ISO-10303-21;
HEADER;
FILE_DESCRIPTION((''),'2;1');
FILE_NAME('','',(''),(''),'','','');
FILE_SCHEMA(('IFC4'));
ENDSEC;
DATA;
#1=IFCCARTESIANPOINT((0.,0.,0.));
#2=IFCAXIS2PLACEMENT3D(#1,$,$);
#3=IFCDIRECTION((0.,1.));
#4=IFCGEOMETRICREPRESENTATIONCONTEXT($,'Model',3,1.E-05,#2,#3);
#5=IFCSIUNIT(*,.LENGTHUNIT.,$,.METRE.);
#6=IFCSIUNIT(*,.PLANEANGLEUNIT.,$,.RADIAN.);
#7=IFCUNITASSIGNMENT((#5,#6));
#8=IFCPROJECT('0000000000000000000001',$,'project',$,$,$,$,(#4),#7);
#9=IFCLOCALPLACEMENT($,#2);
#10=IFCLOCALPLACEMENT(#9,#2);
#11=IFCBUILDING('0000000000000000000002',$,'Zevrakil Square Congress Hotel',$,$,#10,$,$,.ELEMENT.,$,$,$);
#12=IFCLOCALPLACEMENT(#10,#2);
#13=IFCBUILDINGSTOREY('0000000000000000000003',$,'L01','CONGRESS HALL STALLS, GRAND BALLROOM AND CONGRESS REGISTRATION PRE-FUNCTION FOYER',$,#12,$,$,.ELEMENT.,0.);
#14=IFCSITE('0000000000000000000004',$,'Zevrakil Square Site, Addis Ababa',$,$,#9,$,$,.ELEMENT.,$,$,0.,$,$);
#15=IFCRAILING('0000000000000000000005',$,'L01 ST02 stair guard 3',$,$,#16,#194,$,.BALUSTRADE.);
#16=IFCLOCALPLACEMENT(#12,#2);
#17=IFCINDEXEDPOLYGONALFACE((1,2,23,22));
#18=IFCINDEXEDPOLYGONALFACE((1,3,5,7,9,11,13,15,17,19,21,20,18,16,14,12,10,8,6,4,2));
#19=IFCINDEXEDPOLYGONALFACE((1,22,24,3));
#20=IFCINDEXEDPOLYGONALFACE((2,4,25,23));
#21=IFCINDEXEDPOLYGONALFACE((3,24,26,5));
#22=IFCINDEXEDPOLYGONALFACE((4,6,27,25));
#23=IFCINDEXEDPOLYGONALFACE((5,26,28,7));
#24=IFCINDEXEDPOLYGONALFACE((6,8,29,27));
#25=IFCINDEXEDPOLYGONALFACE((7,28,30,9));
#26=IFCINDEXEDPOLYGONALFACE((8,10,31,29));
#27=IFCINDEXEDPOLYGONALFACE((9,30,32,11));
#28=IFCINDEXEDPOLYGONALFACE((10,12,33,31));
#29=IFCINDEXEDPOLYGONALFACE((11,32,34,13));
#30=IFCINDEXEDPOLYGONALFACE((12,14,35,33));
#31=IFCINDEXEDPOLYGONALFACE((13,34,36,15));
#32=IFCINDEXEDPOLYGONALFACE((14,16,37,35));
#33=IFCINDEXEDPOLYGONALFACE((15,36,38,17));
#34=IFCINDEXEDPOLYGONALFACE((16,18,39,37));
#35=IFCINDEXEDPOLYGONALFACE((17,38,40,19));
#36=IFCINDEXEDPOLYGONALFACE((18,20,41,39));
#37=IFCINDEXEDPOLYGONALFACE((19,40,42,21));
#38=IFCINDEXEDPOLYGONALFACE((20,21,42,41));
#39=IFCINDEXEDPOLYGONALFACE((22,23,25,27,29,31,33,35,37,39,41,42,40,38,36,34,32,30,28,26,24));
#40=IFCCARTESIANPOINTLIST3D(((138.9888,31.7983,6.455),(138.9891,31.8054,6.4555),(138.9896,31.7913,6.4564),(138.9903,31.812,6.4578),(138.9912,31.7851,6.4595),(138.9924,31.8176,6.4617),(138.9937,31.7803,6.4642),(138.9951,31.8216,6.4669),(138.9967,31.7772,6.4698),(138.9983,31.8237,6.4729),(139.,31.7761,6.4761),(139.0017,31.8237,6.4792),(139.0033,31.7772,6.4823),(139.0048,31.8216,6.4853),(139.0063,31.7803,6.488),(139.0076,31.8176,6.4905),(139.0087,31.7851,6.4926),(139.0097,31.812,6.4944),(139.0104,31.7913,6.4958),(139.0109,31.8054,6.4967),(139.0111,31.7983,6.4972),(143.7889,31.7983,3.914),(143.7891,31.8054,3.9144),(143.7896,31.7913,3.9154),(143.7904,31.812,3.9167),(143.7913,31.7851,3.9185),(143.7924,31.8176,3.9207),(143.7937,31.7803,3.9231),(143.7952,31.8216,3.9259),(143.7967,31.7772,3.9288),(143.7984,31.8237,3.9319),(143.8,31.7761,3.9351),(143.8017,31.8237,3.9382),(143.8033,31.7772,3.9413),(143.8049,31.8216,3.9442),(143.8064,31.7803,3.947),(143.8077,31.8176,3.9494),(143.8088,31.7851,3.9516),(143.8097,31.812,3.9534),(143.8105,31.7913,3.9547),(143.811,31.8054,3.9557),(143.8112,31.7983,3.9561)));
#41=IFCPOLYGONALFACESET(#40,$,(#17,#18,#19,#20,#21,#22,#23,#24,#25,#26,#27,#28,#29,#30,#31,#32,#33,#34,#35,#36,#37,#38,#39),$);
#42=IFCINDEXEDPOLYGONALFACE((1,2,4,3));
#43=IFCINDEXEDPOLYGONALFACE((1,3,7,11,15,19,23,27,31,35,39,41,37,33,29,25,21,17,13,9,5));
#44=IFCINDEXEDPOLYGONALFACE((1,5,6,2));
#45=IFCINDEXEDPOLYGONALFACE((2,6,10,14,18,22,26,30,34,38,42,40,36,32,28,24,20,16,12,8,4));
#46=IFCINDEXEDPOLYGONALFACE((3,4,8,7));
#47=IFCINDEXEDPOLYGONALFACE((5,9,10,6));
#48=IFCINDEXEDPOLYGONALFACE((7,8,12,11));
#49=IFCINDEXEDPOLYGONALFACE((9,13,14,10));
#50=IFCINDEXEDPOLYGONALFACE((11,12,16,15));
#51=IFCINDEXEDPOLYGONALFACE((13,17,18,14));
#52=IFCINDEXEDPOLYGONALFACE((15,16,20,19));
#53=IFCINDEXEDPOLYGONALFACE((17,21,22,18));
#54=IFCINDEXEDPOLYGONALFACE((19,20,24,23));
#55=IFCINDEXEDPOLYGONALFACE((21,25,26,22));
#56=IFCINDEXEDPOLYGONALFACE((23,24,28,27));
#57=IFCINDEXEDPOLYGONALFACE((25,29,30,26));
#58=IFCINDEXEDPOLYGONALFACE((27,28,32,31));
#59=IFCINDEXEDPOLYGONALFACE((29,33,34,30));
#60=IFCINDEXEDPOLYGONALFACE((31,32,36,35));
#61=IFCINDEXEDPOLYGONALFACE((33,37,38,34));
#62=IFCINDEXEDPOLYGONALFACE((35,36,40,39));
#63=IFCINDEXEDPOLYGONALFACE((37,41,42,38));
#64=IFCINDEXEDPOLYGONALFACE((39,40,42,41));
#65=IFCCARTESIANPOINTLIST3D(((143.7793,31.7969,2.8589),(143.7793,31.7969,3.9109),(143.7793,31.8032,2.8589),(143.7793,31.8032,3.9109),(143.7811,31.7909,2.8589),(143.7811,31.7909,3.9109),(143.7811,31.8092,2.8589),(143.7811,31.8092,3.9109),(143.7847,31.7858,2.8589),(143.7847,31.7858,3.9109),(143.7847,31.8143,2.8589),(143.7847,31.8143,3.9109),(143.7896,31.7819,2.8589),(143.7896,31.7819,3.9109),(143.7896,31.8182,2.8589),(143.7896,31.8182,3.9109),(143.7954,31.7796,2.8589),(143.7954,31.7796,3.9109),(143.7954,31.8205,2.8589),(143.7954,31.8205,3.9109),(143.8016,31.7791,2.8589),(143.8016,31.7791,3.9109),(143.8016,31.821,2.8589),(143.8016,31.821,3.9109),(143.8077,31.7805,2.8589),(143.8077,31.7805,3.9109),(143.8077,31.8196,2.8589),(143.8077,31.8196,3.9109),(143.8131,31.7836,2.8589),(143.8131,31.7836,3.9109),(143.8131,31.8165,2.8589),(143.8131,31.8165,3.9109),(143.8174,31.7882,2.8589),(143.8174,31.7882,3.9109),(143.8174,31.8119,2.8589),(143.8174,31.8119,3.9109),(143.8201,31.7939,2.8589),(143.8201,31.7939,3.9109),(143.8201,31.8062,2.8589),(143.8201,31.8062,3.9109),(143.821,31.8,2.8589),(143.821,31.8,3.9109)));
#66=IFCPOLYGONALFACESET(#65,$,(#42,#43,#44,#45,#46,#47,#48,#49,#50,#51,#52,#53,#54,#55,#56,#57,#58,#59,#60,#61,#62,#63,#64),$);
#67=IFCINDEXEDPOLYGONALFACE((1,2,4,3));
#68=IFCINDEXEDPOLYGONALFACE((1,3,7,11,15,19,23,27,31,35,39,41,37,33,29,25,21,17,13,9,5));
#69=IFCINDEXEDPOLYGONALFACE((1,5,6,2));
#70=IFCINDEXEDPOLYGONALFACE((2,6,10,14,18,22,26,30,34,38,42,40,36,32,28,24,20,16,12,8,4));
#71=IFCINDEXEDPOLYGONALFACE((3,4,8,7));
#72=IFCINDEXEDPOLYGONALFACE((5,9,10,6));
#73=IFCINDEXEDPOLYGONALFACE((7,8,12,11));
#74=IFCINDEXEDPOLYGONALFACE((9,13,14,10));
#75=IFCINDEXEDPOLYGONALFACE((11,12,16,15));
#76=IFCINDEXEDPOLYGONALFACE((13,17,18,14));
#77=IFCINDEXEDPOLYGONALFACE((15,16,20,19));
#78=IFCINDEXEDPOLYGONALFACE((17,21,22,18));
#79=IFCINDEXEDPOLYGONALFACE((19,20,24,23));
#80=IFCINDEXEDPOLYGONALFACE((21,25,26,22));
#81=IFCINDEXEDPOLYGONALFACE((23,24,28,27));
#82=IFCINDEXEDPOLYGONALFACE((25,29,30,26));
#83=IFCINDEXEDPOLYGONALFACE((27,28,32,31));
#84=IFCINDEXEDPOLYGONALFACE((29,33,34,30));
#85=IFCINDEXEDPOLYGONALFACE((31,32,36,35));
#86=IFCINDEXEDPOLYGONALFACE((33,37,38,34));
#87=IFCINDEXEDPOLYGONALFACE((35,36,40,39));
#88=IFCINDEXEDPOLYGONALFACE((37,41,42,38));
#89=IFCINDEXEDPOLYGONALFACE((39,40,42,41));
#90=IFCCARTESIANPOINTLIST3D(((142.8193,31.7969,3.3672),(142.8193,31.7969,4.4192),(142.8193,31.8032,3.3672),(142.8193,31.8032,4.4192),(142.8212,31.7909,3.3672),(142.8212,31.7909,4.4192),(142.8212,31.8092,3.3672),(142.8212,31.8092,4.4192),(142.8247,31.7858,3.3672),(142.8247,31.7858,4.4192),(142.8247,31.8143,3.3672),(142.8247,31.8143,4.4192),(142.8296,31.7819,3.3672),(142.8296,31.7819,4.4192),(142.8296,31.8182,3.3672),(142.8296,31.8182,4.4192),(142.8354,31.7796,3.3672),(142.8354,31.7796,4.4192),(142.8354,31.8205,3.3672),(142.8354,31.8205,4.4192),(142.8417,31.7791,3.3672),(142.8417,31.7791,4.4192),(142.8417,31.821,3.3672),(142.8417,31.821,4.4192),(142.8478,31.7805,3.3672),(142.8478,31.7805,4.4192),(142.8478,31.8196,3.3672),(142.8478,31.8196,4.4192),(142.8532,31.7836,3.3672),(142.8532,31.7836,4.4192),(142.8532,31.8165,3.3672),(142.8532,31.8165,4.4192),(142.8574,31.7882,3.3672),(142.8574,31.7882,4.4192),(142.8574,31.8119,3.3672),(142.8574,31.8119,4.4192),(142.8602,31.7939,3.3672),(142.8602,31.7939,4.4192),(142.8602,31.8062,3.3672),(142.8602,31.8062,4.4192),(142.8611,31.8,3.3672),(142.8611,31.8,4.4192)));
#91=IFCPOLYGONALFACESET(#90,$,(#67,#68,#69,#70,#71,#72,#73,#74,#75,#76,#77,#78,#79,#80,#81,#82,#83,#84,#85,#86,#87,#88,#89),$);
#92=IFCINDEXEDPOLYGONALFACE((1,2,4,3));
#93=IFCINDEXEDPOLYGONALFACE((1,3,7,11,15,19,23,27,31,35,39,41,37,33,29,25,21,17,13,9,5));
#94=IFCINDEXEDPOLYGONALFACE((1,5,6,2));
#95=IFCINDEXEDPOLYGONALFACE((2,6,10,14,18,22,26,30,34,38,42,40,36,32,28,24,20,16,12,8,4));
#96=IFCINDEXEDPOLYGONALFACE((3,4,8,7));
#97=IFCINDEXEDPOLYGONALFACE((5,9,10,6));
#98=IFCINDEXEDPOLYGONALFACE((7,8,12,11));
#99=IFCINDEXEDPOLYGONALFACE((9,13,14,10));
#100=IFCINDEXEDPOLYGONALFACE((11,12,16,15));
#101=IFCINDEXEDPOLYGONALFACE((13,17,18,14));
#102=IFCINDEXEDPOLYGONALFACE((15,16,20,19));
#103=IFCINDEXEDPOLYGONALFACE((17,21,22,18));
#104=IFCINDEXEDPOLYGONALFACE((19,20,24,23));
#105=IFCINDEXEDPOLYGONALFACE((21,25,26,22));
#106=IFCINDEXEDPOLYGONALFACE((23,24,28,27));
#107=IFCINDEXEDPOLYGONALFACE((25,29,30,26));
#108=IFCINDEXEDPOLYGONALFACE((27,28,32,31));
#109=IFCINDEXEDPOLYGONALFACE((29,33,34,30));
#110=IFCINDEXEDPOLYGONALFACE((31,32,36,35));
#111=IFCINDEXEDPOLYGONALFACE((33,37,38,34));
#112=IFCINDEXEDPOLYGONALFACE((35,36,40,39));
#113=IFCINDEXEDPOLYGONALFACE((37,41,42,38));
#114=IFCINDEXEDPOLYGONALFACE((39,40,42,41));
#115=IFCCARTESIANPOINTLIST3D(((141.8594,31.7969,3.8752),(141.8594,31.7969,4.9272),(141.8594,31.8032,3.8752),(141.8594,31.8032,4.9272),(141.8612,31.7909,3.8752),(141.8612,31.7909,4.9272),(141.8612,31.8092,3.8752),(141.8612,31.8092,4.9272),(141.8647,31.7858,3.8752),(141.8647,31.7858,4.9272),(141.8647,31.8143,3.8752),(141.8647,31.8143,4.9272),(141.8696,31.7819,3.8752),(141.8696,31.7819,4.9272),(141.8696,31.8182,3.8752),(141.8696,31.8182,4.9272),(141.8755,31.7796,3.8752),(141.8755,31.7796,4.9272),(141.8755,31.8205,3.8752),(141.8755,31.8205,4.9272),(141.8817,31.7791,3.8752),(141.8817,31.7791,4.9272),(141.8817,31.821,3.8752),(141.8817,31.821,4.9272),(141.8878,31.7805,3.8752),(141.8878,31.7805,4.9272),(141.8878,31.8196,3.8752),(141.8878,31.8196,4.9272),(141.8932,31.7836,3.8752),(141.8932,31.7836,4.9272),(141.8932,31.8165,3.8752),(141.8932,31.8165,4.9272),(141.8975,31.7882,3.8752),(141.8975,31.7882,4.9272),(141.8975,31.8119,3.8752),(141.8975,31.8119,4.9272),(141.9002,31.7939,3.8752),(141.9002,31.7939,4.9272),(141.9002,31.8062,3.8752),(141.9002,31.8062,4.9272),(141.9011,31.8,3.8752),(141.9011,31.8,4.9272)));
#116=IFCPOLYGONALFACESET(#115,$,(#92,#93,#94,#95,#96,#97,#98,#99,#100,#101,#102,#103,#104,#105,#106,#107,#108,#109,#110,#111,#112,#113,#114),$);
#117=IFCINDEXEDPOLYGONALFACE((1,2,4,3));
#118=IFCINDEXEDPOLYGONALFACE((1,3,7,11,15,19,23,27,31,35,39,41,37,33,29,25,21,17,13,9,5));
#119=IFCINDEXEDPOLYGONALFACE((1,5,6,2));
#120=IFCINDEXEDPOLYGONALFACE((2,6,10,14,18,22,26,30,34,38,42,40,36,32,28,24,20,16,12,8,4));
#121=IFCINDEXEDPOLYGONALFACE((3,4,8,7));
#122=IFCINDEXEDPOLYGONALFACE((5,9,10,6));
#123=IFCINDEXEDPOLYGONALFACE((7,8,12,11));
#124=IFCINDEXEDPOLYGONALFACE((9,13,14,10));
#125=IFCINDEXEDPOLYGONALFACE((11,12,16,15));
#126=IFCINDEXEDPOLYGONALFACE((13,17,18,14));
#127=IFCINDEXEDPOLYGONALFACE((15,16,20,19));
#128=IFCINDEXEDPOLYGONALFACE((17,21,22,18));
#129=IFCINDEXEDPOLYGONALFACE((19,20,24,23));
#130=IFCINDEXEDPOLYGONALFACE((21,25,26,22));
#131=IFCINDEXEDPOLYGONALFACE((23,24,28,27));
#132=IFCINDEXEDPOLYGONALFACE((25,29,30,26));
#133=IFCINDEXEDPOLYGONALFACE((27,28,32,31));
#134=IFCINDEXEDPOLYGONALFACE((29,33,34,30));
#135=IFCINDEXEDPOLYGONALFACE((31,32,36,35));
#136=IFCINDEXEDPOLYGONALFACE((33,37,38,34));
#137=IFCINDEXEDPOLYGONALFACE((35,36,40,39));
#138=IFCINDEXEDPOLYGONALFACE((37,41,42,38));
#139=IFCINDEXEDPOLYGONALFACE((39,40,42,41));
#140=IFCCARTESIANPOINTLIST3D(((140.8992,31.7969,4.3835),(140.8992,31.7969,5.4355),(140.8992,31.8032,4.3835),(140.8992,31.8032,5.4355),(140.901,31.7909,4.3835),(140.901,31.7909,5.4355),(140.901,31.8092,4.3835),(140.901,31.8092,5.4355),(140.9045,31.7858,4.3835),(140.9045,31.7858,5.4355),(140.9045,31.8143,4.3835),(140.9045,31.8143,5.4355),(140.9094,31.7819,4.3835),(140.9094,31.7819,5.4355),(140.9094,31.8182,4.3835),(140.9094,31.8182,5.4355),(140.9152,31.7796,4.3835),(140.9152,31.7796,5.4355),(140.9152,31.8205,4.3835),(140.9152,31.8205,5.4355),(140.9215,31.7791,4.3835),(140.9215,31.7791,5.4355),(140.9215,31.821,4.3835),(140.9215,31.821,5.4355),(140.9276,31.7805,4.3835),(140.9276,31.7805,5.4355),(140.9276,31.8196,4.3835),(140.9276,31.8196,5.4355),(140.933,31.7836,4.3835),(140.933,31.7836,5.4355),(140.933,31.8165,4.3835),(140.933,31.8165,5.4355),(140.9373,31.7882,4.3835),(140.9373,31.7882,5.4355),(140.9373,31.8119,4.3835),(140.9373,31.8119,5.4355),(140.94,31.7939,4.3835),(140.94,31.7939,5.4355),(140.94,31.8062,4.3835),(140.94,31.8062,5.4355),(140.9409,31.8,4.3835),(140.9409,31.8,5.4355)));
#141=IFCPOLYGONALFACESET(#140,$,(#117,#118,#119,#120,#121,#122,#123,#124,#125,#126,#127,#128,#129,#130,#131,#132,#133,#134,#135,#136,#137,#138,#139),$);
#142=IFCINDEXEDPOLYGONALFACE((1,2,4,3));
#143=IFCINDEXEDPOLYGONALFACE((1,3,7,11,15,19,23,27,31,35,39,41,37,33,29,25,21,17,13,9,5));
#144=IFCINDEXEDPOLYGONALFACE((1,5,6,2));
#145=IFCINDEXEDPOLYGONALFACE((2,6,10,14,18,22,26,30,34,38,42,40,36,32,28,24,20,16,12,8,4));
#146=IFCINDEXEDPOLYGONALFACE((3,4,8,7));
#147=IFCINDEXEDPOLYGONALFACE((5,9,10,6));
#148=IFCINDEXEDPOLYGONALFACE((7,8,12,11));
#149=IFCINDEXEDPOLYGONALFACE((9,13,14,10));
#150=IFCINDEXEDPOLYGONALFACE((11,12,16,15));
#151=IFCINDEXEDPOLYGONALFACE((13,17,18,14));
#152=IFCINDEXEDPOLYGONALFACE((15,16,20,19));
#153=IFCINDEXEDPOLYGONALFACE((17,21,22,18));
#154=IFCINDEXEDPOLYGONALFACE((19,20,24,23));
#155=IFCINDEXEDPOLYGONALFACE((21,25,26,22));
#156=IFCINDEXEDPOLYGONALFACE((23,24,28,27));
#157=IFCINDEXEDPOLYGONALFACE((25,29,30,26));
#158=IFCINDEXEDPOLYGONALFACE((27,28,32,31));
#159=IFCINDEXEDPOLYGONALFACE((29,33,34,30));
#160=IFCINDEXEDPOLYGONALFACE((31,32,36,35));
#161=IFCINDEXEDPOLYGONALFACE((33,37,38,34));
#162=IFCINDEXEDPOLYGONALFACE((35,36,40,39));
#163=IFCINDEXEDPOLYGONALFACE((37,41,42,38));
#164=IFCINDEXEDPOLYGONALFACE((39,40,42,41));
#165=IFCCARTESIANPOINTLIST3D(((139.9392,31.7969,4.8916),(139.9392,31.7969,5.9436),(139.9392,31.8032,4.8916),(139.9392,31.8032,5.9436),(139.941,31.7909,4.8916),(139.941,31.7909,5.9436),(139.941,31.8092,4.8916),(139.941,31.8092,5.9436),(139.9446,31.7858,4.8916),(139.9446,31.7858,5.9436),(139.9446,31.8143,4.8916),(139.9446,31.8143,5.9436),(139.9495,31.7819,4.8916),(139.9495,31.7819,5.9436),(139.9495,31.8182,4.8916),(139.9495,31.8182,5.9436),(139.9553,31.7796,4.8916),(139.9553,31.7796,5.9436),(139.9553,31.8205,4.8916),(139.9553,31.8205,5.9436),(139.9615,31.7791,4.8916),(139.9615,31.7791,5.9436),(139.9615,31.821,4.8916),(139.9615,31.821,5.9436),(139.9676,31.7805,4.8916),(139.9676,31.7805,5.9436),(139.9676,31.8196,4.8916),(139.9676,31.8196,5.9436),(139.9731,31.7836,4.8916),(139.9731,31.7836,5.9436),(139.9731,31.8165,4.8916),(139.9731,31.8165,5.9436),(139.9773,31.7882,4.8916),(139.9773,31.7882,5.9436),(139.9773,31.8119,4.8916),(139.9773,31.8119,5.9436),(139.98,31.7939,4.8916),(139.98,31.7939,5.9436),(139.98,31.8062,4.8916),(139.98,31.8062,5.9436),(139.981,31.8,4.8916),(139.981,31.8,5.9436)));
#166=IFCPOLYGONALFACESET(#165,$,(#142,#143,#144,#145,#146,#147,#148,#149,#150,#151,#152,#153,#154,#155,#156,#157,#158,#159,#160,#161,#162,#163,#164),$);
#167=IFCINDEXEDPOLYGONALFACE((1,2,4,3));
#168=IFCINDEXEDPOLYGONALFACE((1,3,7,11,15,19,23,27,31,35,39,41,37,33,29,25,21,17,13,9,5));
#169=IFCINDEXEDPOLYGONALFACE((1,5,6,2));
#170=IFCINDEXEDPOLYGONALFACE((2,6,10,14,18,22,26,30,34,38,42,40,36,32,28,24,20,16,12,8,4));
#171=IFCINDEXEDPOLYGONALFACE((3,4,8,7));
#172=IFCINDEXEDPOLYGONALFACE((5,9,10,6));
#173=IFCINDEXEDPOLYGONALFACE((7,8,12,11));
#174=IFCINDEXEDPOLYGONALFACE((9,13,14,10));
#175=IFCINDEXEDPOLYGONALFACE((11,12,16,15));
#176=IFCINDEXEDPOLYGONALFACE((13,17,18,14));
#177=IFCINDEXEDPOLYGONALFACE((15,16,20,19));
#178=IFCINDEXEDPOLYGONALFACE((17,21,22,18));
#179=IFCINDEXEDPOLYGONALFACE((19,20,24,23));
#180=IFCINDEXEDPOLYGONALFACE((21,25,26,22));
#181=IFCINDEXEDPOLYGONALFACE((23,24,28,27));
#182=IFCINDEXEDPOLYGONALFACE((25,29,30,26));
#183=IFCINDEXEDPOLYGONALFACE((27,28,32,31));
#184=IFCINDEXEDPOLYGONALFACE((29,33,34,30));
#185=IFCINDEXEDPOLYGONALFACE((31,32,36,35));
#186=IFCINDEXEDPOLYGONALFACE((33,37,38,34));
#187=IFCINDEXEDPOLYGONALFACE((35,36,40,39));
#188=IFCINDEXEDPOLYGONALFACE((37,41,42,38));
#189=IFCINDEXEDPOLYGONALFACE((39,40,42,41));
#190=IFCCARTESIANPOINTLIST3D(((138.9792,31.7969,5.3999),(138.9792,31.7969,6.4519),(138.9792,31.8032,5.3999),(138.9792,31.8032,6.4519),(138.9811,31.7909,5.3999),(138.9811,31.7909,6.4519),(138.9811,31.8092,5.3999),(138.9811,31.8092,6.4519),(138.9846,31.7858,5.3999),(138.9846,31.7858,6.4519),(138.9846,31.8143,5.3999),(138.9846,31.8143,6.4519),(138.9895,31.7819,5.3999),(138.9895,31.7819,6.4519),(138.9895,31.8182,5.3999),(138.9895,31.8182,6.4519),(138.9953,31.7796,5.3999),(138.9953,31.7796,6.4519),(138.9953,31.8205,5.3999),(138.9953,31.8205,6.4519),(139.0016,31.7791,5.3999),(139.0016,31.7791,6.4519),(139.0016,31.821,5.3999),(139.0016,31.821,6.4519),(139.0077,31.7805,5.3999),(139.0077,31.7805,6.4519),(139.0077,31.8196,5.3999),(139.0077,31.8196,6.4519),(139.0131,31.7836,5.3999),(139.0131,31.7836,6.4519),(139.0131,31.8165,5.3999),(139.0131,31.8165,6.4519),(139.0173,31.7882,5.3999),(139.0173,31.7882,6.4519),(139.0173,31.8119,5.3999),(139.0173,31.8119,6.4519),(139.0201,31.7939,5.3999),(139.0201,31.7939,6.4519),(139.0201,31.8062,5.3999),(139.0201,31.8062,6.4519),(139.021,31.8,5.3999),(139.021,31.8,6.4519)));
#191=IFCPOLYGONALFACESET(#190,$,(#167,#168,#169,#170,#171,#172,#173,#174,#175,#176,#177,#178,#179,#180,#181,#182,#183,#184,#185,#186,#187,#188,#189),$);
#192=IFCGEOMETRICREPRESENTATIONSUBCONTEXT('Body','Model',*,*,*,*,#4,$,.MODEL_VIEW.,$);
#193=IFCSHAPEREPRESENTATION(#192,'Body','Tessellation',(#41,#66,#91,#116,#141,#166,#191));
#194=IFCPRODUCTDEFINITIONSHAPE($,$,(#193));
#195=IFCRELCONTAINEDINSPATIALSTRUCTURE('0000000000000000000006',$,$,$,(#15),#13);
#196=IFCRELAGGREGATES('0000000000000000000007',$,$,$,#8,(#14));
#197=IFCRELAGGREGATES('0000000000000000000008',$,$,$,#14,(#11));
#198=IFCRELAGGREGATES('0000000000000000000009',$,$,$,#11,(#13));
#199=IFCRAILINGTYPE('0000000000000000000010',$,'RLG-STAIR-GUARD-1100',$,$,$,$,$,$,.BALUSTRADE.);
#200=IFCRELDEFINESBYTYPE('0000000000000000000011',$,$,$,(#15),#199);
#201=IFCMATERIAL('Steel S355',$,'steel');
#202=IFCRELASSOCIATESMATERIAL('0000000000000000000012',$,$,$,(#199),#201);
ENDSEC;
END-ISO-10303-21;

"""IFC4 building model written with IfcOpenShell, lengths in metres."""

from ifc_helpers import new_model, si_unit, direction, frame, origin, origin_2d, place, context, subcontext, project, spatial, circle, extrude, material, type_object, element, save


model = new_model("IFC4")

# Units and contexts
model_context = context("Model", 3, precision=1e-05, world=origin(), true_north=direction((0.0, 1.0)))
body_context = subcontext(model_context, "Body", "Model", "MODEL_VIEW")
ifc_project = project(units=[si_unit("LENGTHUNIT", "METRE"), si_unit("PLANEANGLEUNIT", "RADIAN")], contexts=[model_context])

# Site, building, storey
site_placement = place(None, origin())
site = spatial("IfcSite", under=ifc_project, at=site_placement, Name="Zevrakil Square Site, Addis Ababa", CompositionType="ELEMENT", RefElevation=0.0)
building_placement = place(site_placement, origin())
building = spatial("IfcBuilding", under=site, at=building_placement, Name="Zevrakil Square Congress Hotel", CompositionType="ELEMENT")
storey_placement = place(building_placement, origin())
storey = spatial("IfcBuildingStorey", under=building, at=storey_placement, Name="L01", Description="CONGRESS HALL STALLS, GRAND BALLROOM AND CONGRESS REGISTRATION PRE-FUNCTION FOYER", CompositionType="ELEMENT", Elevation=0.0)

# Railing
ifc_material_1 = material(Name="Steel S355", Category="steel")
railing_type_1 = type_object("IfcRailingType", Name="RLG-STAIR-GUARD-1100", PredefinedType="BALUSTRADE", material=ifc_material_1)
railing_1_placement = place(storey_placement, frame((143.8, 31.8, 2.8589)))
element("IfcRailing", 1, at=railing_1_placement, inside=storey, type_object=railing_type_1, Name="L01 ST02 stair guard 3", PredefinedType="BALUSTRADE", context=body_context, shape_type="SweptSolid", body=[
    extrude(circle(Radius=0.0239, at=origin_2d()), frame((0.0, 0.0, 1.0762), z_axis=(-0.883802, 0.0, 0.467861), x_axis=(0.0, -1.0, 0.0)), (0.0, 0.0, 1.0), 5.4312),
    extrude(circle(Radius=0.021, at=origin_2d()), origin(), (0.0, 0.0, 1.0), 1.052),
    extrude(circle(Radius=0.021, at=origin_2d()), frame((-0.96, 0.0, 0.5083)), (0.0, 0.0, 1.0), 1.052),
    extrude(circle(Radius=0.021, at=origin_2d()), frame((-1.9199, 0.0, 1.0164)), (0.0, 0.0, 1.0), 1.052),
    extrude(circle(Radius=0.021, at=origin_2d()), frame((-2.8801, 0.0, 1.5247)), (0.0, 0.0, 1.0), 1.052),
    extrude(circle(Radius=0.021, at=origin_2d()), frame((-3.8401, 0.0, 2.0327)), (0.0, 0.0, 1.0), 1.052),
    extrude(circle(Radius=0.021, at=origin_2d()), frame((-4.8, 0.0, 2.541)), (0.0, 0.0, 1.0), 1.052),
])

save(model, "model.ifc")
